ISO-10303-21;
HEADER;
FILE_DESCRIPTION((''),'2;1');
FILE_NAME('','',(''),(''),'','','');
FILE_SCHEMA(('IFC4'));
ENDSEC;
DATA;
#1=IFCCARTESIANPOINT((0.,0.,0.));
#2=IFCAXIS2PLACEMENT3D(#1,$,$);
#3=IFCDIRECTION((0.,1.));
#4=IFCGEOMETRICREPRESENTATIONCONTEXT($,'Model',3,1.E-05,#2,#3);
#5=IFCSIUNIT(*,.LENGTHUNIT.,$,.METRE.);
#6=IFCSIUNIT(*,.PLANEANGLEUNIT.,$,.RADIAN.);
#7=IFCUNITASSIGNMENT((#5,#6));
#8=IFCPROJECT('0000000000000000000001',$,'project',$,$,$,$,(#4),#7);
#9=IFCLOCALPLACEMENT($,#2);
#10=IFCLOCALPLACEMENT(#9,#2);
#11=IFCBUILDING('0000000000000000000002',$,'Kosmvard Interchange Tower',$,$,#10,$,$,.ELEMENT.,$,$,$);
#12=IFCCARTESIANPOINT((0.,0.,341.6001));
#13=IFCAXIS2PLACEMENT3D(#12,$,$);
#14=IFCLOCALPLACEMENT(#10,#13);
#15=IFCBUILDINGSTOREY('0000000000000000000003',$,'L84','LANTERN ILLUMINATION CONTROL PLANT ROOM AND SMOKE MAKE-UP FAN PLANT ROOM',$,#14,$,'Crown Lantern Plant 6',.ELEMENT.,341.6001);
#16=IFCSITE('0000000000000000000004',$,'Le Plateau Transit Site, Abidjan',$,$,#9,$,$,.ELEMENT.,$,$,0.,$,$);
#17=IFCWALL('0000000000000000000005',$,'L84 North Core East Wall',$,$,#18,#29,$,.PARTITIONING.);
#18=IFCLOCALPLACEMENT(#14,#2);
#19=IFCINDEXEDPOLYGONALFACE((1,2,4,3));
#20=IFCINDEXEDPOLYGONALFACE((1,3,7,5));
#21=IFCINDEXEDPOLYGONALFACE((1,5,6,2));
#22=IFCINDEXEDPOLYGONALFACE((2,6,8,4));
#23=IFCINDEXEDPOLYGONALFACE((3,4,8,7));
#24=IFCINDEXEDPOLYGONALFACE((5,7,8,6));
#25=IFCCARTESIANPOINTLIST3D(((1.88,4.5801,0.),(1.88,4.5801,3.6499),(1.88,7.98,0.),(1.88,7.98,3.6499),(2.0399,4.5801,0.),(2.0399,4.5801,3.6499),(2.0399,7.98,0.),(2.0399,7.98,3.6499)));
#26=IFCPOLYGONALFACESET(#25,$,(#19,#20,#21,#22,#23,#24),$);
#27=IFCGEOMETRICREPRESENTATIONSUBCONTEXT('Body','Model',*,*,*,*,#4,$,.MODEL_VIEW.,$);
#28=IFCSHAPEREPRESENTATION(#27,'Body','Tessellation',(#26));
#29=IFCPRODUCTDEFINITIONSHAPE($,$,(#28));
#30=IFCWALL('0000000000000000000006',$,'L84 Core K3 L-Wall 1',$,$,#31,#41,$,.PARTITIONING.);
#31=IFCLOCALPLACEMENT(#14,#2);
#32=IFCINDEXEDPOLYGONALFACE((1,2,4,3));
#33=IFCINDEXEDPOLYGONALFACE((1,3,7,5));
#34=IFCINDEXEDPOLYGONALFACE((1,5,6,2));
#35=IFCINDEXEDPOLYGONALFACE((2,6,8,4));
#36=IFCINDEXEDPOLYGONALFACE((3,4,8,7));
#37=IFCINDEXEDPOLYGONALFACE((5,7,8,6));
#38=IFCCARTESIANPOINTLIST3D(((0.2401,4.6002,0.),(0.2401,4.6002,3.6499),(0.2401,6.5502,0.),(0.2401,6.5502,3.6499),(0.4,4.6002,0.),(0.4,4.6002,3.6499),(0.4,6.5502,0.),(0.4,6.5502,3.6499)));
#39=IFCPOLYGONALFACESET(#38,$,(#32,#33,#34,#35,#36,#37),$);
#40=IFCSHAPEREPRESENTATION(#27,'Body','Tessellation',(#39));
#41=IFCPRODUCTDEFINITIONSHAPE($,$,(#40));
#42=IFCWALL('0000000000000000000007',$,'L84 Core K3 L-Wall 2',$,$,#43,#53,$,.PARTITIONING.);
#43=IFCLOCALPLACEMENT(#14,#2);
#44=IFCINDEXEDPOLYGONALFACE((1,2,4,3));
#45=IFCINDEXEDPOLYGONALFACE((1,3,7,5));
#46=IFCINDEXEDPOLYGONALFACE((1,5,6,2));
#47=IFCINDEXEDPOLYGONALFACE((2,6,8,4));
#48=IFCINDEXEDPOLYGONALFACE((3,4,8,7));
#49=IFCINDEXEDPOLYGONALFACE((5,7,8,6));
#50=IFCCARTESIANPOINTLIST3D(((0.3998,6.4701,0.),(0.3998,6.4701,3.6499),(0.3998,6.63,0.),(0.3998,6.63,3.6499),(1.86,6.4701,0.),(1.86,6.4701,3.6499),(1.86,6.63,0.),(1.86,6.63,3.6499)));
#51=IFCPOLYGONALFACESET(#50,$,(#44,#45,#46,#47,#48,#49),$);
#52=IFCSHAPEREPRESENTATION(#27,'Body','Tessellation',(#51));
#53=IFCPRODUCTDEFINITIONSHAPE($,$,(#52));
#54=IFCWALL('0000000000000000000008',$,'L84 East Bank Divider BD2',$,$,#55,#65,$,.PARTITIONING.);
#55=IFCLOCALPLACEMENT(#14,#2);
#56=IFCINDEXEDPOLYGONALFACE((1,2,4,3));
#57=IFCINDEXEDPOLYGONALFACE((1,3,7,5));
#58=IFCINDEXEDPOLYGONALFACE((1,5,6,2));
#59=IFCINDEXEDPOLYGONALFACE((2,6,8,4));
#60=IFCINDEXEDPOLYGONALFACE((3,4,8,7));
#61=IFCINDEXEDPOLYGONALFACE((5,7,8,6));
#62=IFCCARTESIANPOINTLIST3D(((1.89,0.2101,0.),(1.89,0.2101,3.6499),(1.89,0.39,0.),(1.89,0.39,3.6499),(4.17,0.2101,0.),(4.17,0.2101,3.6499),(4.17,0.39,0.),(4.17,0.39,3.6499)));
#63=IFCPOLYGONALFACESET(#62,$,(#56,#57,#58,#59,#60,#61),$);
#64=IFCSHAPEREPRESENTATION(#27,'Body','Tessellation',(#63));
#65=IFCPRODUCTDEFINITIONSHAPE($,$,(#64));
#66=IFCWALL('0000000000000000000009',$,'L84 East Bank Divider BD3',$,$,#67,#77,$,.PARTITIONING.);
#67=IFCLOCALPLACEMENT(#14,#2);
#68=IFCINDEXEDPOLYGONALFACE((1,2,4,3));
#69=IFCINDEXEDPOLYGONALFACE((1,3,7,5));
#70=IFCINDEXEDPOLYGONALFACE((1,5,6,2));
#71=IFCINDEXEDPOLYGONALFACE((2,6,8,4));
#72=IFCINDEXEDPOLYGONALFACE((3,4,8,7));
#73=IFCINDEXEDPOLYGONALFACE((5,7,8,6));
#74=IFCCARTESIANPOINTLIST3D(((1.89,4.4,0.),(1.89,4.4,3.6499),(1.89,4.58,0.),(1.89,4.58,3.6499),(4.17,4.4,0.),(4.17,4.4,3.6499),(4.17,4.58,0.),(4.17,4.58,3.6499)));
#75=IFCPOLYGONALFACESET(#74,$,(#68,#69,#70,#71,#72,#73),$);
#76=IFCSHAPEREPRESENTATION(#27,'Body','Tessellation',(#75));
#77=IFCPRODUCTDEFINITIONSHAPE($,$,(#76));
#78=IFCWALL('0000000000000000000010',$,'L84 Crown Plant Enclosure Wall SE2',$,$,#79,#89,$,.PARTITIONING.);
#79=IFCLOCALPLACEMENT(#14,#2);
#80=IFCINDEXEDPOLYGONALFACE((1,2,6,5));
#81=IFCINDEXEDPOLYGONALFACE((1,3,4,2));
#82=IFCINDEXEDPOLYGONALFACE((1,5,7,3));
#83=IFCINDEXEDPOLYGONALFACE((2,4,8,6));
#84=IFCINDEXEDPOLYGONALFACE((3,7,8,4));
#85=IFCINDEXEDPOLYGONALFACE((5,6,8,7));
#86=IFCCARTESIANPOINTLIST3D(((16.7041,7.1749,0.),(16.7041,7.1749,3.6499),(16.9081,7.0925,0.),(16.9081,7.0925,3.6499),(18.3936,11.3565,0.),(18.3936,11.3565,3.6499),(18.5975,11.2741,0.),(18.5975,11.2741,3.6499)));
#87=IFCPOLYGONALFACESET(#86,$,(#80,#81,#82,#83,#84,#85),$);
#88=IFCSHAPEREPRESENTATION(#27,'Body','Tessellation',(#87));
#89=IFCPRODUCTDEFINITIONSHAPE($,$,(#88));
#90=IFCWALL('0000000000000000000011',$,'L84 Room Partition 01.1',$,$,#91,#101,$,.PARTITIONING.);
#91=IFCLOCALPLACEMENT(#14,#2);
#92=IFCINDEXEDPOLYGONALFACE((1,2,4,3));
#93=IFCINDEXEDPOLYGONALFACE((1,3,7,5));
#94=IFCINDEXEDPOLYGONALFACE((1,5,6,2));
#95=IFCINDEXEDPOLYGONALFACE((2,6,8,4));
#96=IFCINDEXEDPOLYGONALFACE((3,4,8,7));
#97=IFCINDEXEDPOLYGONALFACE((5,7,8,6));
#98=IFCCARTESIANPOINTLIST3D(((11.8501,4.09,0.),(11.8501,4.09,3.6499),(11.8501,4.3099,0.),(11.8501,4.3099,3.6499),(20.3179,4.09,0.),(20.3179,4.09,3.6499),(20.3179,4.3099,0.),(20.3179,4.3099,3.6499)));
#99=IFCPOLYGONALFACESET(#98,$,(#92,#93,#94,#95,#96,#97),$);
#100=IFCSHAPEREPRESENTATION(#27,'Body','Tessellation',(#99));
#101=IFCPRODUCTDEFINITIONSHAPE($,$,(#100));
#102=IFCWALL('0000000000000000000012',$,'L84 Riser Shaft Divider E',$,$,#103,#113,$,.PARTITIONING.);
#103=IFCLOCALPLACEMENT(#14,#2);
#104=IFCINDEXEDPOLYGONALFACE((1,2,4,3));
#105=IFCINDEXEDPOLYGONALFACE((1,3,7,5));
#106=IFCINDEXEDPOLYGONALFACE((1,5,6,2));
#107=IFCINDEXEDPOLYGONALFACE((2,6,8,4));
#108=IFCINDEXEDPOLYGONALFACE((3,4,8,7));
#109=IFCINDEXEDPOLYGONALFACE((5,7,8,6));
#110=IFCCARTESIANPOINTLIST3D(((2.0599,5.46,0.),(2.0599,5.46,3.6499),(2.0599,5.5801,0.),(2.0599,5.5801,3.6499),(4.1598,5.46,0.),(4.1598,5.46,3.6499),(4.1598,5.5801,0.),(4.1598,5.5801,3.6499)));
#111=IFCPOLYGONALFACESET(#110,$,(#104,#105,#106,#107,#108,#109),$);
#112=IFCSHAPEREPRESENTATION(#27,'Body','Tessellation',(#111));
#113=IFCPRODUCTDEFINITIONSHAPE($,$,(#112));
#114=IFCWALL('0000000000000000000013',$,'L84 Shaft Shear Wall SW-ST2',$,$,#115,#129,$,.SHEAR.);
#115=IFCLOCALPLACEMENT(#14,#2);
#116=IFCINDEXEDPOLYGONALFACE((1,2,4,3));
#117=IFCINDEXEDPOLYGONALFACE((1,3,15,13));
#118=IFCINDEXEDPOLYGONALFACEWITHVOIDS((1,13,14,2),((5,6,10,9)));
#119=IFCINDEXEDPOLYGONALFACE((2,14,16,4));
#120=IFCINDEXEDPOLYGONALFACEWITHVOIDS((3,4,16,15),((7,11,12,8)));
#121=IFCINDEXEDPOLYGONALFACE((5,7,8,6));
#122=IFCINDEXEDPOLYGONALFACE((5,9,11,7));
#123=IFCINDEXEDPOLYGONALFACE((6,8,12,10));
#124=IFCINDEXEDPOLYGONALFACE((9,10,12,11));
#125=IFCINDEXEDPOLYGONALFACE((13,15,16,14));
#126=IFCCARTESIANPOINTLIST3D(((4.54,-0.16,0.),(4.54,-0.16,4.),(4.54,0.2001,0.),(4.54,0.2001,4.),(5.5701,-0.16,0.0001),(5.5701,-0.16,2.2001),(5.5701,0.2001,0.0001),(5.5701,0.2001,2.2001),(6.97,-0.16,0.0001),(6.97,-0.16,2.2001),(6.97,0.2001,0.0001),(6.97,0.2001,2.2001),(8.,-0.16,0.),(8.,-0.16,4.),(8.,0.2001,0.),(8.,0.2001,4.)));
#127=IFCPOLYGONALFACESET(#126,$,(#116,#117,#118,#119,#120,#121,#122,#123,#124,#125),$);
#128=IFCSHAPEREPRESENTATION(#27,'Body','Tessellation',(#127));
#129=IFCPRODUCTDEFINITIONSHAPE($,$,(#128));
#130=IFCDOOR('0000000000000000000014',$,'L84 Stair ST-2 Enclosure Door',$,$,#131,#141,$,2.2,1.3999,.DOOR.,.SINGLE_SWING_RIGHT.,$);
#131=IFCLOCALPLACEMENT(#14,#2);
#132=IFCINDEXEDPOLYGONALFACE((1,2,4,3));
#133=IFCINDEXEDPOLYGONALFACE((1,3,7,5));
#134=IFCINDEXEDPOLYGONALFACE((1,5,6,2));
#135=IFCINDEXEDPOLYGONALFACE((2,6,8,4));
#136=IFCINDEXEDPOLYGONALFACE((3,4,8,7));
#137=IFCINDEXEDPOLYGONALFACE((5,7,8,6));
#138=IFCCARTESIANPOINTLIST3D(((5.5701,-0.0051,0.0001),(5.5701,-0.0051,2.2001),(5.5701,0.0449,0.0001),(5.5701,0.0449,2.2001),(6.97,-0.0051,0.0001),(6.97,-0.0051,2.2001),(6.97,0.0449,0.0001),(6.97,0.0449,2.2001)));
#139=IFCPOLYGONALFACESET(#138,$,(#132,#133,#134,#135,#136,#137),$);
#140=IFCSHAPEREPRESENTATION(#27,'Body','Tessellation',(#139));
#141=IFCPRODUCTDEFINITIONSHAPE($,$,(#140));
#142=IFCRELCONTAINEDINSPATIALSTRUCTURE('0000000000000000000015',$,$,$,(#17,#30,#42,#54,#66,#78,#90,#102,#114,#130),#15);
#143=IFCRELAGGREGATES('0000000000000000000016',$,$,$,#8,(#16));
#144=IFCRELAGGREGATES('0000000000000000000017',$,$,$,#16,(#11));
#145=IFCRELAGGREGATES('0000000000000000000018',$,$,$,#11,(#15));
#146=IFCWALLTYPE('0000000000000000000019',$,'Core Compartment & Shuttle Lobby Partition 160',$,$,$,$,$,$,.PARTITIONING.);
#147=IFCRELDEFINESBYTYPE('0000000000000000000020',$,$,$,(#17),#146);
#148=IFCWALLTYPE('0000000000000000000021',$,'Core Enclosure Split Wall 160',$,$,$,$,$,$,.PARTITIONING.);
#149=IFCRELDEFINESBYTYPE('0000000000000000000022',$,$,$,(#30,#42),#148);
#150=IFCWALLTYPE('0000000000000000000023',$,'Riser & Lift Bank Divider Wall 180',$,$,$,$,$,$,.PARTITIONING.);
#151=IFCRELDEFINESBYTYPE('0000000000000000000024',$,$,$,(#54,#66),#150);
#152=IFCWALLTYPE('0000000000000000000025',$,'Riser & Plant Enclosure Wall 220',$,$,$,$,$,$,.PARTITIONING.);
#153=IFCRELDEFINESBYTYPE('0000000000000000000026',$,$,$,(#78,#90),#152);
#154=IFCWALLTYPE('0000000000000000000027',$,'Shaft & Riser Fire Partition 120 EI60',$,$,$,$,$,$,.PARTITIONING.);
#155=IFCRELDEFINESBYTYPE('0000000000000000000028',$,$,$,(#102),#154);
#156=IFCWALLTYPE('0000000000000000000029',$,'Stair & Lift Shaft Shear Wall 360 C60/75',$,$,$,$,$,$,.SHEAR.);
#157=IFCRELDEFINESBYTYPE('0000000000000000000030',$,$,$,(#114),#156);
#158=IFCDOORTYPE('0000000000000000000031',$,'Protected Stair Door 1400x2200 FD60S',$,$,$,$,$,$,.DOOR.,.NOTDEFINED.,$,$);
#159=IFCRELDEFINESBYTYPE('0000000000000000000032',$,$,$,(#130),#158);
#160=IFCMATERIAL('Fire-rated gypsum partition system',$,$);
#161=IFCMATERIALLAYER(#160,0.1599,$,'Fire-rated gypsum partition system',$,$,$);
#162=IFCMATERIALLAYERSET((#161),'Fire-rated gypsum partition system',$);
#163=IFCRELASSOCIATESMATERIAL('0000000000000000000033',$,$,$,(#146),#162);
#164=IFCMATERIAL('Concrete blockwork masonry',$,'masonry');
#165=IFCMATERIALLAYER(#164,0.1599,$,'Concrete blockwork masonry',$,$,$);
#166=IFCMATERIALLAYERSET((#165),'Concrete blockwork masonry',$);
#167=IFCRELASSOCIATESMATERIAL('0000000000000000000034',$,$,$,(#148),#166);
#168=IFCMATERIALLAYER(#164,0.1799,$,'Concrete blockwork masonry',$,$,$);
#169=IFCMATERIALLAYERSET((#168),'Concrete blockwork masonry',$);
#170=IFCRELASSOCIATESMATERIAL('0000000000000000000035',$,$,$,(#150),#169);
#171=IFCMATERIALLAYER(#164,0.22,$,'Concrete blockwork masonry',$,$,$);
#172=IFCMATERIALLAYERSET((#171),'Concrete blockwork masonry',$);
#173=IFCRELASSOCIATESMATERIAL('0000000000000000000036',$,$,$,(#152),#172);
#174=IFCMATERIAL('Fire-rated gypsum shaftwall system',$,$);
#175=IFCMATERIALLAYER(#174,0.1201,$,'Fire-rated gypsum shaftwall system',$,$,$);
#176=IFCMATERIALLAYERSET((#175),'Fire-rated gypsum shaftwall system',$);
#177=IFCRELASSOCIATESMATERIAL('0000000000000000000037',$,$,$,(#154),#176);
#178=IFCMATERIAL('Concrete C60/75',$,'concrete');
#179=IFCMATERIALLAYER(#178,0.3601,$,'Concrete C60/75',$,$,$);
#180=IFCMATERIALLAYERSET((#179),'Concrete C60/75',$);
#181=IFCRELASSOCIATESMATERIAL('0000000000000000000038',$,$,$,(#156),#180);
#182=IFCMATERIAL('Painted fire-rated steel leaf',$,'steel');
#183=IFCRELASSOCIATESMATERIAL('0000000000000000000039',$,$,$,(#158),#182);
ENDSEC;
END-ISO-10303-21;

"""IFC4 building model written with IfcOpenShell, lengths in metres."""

from ifc_helpers import new_model, si_unit, direction, frame, frame_2d, origin, place, context, subcontext, project, spatial, rectangle, extrude, source, transform, mapped, material, layer, layer_set, type_object, element, fill, save


model = new_model("IFC4")

# Units and contexts
model_context = context("Model", 3, precision=1e-05, world=origin(), true_north=direction((0.0, 1.0)))
body_context = subcontext(model_context, "Body", "Model", "MODEL_VIEW")
ifc_project = project(units=[si_unit("LENGTHUNIT", "METRE"), si_unit("PLANEANGLEUNIT", "RADIAN")], contexts=[model_context])

# Site, building, storey
site_placement = place(None, origin())
site = spatial("IfcSite", under=ifc_project, at=site_placement, Name="Le Plateau Transit Site, Abidjan", CompositionType="ELEMENT", RefElevation=0.0)
building_placement = place(site_placement, origin())
building = spatial("IfcBuilding", under=site, at=building_placement, Name="Kosmvard Interchange Tower", CompositionType="ELEMENT")
storey_placement = place(building_placement, frame((0.0, 0.0, 341.6001)))
storey = spatial("IfcBuildingStorey", under=building, at=storey_placement, Name="L84", Description="LANTERN ILLUMINATION CONTROL PLANT ROOM AND SMOKE MAKE-UP FAN PLANT ROOM", LongName="Crown Lantern Plant 6", CompositionType="ELEMENT", Elevation=341.6001)

# Walls
ifc_material_1 = material(Name="Fire-rated gypsum partition system")
ifc_layer_1 = layer(ifc_material_1, 0.1599, Name="Fire-rated gypsum partition system")
ifc_layer_set_1 = layer_set([ifc_layer_1], Name="Fire-rated gypsum partition system")
wall_type_1 = type_object("IfcWallType", Name="Core Compartment & Shuttle Lobby Partition 160", PredefinedType="PARTITIONING", material=ifc_layer_set_1)
wall_1_placement = place(storey_placement, frame((1.96, 4.5801, 0.0), z_axis=(0.0, 0.0, 1.0), x_axis=(0.0, 1.0, 0.0)))
element("IfcWall", 1, at=wall_1_placement, inside=storey, type_object=wall_type_1, Name="L84 North Core East Wall", PredefinedType="PARTITIONING", context=body_context, shape_type="SweptSolid", body=[
    extrude(rectangle(XDim=3.3999, YDim=0.1599, at=frame_2d((1.7, 0.0))), origin(), (0.0, 0.0, 1.0), 3.6499),
])
ifc_material_2 = material(Name="Concrete blockwork masonry", Category="masonry")
ifc_layer_2 = layer(ifc_material_2, 0.1599, Name="Concrete blockwork masonry")
ifc_layer_set_2 = layer_set([ifc_layer_2], Name="Concrete blockwork masonry")
wall_type_2 = type_object("IfcWallType", Name="Core Enclosure Split Wall 160", PredefinedType="PARTITIONING", material=ifc_layer_set_2)
wall_2_placement = place(storey_placement, frame((0.3201, 4.6001, 0.0), z_axis=(0.0, 0.0, 1.0), x_axis=(0.0, 1.0, 0.0)))
element("IfcWall", 2, at=wall_2_placement, inside=storey, type_object=wall_type_2, Name="L84 Core K3 L-Wall 1", PredefinedType="PARTITIONING", context=body_context, shape_type="SweptSolid", body=[
    extrude(rectangle(XDim=1.95, YDim=0.1599, at=frame_2d((0.9751, 0.0))), origin(), (0.0, 0.0, 1.0), 3.6499),
])
wall_3_placement = place(storey_placement, frame((0.3999, 6.55, 0.0), z_axis=(0.0, 0.0, 1.0), x_axis=(1.0, 0.0, 0.0)))
element("IfcWall", 3, at=wall_3_placement, inside=storey, type_object=wall_type_2, Name="L84 Core K3 L-Wall 2", PredefinedType="PARTITIONING", context=body_context, shape_type="SweptSolid", body=[
    extrude(rectangle(XDim=1.4602, YDim=0.1599, at=frame_2d((0.73, 0.0))), origin(), (0.0, 0.0, 1.0), 3.6499),
])
ifc_layer_3 = layer(ifc_material_2, 0.1799, Name="Concrete blockwork masonry")
ifc_layer_set_3 = layer_set([ifc_layer_3], Name="Concrete blockwork masonry")
wall_type_3 = type_object("IfcWallType", Name="Riser & Lift Bank Divider Wall 180", PredefinedType="PARTITIONING", material=ifc_layer_set_3)
for number, where, z_axis, x_axis, name in (
    (4, (1.8899, 0.3, 0.0), (0.0, 0.0, 1.0), (1.0, 0.0, 0.0), "L84 East Bank Divider BD2"),
    (5, (1.8899, 4.49, 0.0), (0.0, 0.0, 1.0), (1.0, 0.0, 0.0), "L84 East Bank Divider BD3"),
):
    element("IfcWall", number, at=place(storey_placement, frame(where, z_axis=z_axis, x_axis=x_axis)), inside=storey, type_object=wall_type_3, Name=name, PredefinedType="PARTITIONING", context=body_context, shape_type="SweptSolid", body=[
        extrude(rectangle(XDim=2.28, YDim=0.1799, at=frame_2d((1.1401, 0.0))), origin(), (0.0, 0.0, 1.0), 3.6499),
    ])
ifc_layer_4 = layer(ifc_material_2, 0.22, Name="Concrete blockwork masonry")
ifc_layer_set_4 = layer_set([ifc_layer_4], Name="Concrete blockwork masonry")
wall_type_4 = type_object("IfcWallType", Name="Riser & Plant Enclosure Wall 220", PredefinedType="PARTITIONING", material=ifc_layer_set_4)
wall_4_placement = place(storey_placement, frame((16.8062, 7.1338, 0.0), z_axis=(0.0, 0.0, 1.0), x_axis=(0.374599, 0.927187, 0.0)))
element("IfcWall", 6, at=wall_4_placement, inside=storey, type_object=wall_type_4, Name="L84 Crown Plant Enclosure Wall SE2", PredefinedType="PARTITIONING", context=body_context, shape_type="SweptSolid", body=[
    extrude(rectangle(XDim=4.51, YDim=0.22, at=frame_2d((2.2549, 0.0))), origin(), (0.0, 0.0, 1.0), 3.6499),
])
wall_5_placement = place(storey_placement, frame((11.8501, 4.2, 0.0), z_axis=(0.0, 0.0, 1.0), x_axis=(1.0, 0.0, 0.0)))
element("IfcWall", 7, at=wall_5_placement, inside=storey, type_object=wall_type_4, Name="L84 Room Partition 01.1", PredefinedType="PARTITIONING", context=body_context, shape_type="SweptSolid", body=[
    extrude(rectangle(XDim=8.4678, YDim=0.22, at=frame_2d((4.2339, 0.0))), origin(), (0.0, 0.0, 1.0), 3.6499),
])
ifc_material_3 = material(Name="Fire-rated gypsum shaftwall system")
ifc_layer_5 = layer(ifc_material_3, 0.1201, Name="Fire-rated gypsum shaftwall system")
ifc_layer_set_5 = layer_set([ifc_layer_5], Name="Fire-rated gypsum shaftwall system")
wall_type_5 = type_object("IfcWallType", Name="Shaft & Riser Fire Partition 120 EI60", PredefinedType="PARTITIONING", material=ifc_layer_set_5)
wall_6_placement = place(storey_placement, frame((2.0601, 5.52, 0.0), z_axis=(0.0, 0.0, 1.0), x_axis=(1.0, 0.0, 0.0)))
element("IfcWall", 8, at=wall_6_placement, inside=storey, type_object=wall_type_5, Name="L84 Riser Shaft Divider E", PredefinedType="PARTITIONING", context=body_context, shape_type="SweptSolid", body=[
    extrude(rectangle(XDim=2.0999, YDim=0.1201, at=frame_2d((1.0498, 0.0))), origin(), (0.0, 0.0, 1.0), 3.6499),
])

# Wall, opening, door
ifc_material_4 = material(Name="Concrete C60/75", Category="concrete")
ifc_layer_6 = layer(ifc_material_4, 0.3601, Name="Concrete C60/75")
ifc_layer_set_6 = layer_set([ifc_layer_6], Name="Concrete C60/75")
wall_type_6 = type_object("IfcWallType", Name="Stair & Lift Shaft Shear Wall 360 C60/75", PredefinedType="SHEAR", material=ifc_layer_set_6)
wall_7_placement = place(storey_placement, frame((4.54, 0.02, 0.0), z_axis=(0.0, 0.0, 1.0), x_axis=(1.0, 0.0, 0.0)))
wall_7 = element("IfcWall", 9, at=wall_7_placement, inside=storey, type_object=wall_type_6, Name="L84 Shaft Shear Wall SW-ST2", PredefinedType="SHEAR", context=body_context, shape_type="SweptSolid", body=[
    extrude(rectangle(XDim=3.46, YDim=0.3601, at=frame_2d((1.73, 0.0))), origin(), (0.0, 0.0, 1.0), 4.0),
])
opening_placement = place(wall_7_placement, frame((1.03, 0.0, 0.0)))
opening = element("IfcOpeningElement", 10, at=opening_placement, cuts=wall_7, PredefinedType="OPENING", context=body_context, shape_type="SweptSolid", body=[
    extrude(rectangle(XDim=1.3999, YDim=2.2, at=frame_2d((0.7, 1.1001))), frame((0.0, 0.1899, 0.0), z_axis=(0.0, -1.0, 0.0), x_axis=(1.0, 0.0, 0.0)), (0.0, 0.0, 1.0), 0.3801),
])
ifc_material_5 = material(Name="Painted fire-rated steel leaf", Category="steel")
door_type = type_object("IfcDoorType", Name="Protected Stair Door 1400x2200 FD60S", OperationType="NOTDEFINED", PredefinedType="DOOR", material=ifc_material_5)
shared_shape_1 = source(origin(), body_context, "Body", "SweptSolid", [
    extrude(rectangle(XDim=1.3999, YDim=2.2, at=frame_2d((0.7, 1.1001))), frame((0.0, 0.0249, 0.0), z_axis=(0.0, -1.0, 0.0), x_axis=(1.0, 0.0, 0.0)), (0.0, 0.0, 1.0), 0.05),
])
door_placement = place(opening_placement, origin())
door = element("IfcDoor", 11, at=door_placement, inside=storey, type_object=door_type, Name="L84 Stair ST-2 Enclosure Door", OperationType="SINGLE_SWING_RIGHT", OverallHeight=2.2, OverallWidth=1.3999, PredefinedType="DOOR", context=body_context, shape_type="MappedRepresentation", body=[
    mapped(shared_shape_1, transform((0.0, 0.0, 0.0), scale=1.0)),
])
fill(opening, door)

save(model, "model.ifc")
